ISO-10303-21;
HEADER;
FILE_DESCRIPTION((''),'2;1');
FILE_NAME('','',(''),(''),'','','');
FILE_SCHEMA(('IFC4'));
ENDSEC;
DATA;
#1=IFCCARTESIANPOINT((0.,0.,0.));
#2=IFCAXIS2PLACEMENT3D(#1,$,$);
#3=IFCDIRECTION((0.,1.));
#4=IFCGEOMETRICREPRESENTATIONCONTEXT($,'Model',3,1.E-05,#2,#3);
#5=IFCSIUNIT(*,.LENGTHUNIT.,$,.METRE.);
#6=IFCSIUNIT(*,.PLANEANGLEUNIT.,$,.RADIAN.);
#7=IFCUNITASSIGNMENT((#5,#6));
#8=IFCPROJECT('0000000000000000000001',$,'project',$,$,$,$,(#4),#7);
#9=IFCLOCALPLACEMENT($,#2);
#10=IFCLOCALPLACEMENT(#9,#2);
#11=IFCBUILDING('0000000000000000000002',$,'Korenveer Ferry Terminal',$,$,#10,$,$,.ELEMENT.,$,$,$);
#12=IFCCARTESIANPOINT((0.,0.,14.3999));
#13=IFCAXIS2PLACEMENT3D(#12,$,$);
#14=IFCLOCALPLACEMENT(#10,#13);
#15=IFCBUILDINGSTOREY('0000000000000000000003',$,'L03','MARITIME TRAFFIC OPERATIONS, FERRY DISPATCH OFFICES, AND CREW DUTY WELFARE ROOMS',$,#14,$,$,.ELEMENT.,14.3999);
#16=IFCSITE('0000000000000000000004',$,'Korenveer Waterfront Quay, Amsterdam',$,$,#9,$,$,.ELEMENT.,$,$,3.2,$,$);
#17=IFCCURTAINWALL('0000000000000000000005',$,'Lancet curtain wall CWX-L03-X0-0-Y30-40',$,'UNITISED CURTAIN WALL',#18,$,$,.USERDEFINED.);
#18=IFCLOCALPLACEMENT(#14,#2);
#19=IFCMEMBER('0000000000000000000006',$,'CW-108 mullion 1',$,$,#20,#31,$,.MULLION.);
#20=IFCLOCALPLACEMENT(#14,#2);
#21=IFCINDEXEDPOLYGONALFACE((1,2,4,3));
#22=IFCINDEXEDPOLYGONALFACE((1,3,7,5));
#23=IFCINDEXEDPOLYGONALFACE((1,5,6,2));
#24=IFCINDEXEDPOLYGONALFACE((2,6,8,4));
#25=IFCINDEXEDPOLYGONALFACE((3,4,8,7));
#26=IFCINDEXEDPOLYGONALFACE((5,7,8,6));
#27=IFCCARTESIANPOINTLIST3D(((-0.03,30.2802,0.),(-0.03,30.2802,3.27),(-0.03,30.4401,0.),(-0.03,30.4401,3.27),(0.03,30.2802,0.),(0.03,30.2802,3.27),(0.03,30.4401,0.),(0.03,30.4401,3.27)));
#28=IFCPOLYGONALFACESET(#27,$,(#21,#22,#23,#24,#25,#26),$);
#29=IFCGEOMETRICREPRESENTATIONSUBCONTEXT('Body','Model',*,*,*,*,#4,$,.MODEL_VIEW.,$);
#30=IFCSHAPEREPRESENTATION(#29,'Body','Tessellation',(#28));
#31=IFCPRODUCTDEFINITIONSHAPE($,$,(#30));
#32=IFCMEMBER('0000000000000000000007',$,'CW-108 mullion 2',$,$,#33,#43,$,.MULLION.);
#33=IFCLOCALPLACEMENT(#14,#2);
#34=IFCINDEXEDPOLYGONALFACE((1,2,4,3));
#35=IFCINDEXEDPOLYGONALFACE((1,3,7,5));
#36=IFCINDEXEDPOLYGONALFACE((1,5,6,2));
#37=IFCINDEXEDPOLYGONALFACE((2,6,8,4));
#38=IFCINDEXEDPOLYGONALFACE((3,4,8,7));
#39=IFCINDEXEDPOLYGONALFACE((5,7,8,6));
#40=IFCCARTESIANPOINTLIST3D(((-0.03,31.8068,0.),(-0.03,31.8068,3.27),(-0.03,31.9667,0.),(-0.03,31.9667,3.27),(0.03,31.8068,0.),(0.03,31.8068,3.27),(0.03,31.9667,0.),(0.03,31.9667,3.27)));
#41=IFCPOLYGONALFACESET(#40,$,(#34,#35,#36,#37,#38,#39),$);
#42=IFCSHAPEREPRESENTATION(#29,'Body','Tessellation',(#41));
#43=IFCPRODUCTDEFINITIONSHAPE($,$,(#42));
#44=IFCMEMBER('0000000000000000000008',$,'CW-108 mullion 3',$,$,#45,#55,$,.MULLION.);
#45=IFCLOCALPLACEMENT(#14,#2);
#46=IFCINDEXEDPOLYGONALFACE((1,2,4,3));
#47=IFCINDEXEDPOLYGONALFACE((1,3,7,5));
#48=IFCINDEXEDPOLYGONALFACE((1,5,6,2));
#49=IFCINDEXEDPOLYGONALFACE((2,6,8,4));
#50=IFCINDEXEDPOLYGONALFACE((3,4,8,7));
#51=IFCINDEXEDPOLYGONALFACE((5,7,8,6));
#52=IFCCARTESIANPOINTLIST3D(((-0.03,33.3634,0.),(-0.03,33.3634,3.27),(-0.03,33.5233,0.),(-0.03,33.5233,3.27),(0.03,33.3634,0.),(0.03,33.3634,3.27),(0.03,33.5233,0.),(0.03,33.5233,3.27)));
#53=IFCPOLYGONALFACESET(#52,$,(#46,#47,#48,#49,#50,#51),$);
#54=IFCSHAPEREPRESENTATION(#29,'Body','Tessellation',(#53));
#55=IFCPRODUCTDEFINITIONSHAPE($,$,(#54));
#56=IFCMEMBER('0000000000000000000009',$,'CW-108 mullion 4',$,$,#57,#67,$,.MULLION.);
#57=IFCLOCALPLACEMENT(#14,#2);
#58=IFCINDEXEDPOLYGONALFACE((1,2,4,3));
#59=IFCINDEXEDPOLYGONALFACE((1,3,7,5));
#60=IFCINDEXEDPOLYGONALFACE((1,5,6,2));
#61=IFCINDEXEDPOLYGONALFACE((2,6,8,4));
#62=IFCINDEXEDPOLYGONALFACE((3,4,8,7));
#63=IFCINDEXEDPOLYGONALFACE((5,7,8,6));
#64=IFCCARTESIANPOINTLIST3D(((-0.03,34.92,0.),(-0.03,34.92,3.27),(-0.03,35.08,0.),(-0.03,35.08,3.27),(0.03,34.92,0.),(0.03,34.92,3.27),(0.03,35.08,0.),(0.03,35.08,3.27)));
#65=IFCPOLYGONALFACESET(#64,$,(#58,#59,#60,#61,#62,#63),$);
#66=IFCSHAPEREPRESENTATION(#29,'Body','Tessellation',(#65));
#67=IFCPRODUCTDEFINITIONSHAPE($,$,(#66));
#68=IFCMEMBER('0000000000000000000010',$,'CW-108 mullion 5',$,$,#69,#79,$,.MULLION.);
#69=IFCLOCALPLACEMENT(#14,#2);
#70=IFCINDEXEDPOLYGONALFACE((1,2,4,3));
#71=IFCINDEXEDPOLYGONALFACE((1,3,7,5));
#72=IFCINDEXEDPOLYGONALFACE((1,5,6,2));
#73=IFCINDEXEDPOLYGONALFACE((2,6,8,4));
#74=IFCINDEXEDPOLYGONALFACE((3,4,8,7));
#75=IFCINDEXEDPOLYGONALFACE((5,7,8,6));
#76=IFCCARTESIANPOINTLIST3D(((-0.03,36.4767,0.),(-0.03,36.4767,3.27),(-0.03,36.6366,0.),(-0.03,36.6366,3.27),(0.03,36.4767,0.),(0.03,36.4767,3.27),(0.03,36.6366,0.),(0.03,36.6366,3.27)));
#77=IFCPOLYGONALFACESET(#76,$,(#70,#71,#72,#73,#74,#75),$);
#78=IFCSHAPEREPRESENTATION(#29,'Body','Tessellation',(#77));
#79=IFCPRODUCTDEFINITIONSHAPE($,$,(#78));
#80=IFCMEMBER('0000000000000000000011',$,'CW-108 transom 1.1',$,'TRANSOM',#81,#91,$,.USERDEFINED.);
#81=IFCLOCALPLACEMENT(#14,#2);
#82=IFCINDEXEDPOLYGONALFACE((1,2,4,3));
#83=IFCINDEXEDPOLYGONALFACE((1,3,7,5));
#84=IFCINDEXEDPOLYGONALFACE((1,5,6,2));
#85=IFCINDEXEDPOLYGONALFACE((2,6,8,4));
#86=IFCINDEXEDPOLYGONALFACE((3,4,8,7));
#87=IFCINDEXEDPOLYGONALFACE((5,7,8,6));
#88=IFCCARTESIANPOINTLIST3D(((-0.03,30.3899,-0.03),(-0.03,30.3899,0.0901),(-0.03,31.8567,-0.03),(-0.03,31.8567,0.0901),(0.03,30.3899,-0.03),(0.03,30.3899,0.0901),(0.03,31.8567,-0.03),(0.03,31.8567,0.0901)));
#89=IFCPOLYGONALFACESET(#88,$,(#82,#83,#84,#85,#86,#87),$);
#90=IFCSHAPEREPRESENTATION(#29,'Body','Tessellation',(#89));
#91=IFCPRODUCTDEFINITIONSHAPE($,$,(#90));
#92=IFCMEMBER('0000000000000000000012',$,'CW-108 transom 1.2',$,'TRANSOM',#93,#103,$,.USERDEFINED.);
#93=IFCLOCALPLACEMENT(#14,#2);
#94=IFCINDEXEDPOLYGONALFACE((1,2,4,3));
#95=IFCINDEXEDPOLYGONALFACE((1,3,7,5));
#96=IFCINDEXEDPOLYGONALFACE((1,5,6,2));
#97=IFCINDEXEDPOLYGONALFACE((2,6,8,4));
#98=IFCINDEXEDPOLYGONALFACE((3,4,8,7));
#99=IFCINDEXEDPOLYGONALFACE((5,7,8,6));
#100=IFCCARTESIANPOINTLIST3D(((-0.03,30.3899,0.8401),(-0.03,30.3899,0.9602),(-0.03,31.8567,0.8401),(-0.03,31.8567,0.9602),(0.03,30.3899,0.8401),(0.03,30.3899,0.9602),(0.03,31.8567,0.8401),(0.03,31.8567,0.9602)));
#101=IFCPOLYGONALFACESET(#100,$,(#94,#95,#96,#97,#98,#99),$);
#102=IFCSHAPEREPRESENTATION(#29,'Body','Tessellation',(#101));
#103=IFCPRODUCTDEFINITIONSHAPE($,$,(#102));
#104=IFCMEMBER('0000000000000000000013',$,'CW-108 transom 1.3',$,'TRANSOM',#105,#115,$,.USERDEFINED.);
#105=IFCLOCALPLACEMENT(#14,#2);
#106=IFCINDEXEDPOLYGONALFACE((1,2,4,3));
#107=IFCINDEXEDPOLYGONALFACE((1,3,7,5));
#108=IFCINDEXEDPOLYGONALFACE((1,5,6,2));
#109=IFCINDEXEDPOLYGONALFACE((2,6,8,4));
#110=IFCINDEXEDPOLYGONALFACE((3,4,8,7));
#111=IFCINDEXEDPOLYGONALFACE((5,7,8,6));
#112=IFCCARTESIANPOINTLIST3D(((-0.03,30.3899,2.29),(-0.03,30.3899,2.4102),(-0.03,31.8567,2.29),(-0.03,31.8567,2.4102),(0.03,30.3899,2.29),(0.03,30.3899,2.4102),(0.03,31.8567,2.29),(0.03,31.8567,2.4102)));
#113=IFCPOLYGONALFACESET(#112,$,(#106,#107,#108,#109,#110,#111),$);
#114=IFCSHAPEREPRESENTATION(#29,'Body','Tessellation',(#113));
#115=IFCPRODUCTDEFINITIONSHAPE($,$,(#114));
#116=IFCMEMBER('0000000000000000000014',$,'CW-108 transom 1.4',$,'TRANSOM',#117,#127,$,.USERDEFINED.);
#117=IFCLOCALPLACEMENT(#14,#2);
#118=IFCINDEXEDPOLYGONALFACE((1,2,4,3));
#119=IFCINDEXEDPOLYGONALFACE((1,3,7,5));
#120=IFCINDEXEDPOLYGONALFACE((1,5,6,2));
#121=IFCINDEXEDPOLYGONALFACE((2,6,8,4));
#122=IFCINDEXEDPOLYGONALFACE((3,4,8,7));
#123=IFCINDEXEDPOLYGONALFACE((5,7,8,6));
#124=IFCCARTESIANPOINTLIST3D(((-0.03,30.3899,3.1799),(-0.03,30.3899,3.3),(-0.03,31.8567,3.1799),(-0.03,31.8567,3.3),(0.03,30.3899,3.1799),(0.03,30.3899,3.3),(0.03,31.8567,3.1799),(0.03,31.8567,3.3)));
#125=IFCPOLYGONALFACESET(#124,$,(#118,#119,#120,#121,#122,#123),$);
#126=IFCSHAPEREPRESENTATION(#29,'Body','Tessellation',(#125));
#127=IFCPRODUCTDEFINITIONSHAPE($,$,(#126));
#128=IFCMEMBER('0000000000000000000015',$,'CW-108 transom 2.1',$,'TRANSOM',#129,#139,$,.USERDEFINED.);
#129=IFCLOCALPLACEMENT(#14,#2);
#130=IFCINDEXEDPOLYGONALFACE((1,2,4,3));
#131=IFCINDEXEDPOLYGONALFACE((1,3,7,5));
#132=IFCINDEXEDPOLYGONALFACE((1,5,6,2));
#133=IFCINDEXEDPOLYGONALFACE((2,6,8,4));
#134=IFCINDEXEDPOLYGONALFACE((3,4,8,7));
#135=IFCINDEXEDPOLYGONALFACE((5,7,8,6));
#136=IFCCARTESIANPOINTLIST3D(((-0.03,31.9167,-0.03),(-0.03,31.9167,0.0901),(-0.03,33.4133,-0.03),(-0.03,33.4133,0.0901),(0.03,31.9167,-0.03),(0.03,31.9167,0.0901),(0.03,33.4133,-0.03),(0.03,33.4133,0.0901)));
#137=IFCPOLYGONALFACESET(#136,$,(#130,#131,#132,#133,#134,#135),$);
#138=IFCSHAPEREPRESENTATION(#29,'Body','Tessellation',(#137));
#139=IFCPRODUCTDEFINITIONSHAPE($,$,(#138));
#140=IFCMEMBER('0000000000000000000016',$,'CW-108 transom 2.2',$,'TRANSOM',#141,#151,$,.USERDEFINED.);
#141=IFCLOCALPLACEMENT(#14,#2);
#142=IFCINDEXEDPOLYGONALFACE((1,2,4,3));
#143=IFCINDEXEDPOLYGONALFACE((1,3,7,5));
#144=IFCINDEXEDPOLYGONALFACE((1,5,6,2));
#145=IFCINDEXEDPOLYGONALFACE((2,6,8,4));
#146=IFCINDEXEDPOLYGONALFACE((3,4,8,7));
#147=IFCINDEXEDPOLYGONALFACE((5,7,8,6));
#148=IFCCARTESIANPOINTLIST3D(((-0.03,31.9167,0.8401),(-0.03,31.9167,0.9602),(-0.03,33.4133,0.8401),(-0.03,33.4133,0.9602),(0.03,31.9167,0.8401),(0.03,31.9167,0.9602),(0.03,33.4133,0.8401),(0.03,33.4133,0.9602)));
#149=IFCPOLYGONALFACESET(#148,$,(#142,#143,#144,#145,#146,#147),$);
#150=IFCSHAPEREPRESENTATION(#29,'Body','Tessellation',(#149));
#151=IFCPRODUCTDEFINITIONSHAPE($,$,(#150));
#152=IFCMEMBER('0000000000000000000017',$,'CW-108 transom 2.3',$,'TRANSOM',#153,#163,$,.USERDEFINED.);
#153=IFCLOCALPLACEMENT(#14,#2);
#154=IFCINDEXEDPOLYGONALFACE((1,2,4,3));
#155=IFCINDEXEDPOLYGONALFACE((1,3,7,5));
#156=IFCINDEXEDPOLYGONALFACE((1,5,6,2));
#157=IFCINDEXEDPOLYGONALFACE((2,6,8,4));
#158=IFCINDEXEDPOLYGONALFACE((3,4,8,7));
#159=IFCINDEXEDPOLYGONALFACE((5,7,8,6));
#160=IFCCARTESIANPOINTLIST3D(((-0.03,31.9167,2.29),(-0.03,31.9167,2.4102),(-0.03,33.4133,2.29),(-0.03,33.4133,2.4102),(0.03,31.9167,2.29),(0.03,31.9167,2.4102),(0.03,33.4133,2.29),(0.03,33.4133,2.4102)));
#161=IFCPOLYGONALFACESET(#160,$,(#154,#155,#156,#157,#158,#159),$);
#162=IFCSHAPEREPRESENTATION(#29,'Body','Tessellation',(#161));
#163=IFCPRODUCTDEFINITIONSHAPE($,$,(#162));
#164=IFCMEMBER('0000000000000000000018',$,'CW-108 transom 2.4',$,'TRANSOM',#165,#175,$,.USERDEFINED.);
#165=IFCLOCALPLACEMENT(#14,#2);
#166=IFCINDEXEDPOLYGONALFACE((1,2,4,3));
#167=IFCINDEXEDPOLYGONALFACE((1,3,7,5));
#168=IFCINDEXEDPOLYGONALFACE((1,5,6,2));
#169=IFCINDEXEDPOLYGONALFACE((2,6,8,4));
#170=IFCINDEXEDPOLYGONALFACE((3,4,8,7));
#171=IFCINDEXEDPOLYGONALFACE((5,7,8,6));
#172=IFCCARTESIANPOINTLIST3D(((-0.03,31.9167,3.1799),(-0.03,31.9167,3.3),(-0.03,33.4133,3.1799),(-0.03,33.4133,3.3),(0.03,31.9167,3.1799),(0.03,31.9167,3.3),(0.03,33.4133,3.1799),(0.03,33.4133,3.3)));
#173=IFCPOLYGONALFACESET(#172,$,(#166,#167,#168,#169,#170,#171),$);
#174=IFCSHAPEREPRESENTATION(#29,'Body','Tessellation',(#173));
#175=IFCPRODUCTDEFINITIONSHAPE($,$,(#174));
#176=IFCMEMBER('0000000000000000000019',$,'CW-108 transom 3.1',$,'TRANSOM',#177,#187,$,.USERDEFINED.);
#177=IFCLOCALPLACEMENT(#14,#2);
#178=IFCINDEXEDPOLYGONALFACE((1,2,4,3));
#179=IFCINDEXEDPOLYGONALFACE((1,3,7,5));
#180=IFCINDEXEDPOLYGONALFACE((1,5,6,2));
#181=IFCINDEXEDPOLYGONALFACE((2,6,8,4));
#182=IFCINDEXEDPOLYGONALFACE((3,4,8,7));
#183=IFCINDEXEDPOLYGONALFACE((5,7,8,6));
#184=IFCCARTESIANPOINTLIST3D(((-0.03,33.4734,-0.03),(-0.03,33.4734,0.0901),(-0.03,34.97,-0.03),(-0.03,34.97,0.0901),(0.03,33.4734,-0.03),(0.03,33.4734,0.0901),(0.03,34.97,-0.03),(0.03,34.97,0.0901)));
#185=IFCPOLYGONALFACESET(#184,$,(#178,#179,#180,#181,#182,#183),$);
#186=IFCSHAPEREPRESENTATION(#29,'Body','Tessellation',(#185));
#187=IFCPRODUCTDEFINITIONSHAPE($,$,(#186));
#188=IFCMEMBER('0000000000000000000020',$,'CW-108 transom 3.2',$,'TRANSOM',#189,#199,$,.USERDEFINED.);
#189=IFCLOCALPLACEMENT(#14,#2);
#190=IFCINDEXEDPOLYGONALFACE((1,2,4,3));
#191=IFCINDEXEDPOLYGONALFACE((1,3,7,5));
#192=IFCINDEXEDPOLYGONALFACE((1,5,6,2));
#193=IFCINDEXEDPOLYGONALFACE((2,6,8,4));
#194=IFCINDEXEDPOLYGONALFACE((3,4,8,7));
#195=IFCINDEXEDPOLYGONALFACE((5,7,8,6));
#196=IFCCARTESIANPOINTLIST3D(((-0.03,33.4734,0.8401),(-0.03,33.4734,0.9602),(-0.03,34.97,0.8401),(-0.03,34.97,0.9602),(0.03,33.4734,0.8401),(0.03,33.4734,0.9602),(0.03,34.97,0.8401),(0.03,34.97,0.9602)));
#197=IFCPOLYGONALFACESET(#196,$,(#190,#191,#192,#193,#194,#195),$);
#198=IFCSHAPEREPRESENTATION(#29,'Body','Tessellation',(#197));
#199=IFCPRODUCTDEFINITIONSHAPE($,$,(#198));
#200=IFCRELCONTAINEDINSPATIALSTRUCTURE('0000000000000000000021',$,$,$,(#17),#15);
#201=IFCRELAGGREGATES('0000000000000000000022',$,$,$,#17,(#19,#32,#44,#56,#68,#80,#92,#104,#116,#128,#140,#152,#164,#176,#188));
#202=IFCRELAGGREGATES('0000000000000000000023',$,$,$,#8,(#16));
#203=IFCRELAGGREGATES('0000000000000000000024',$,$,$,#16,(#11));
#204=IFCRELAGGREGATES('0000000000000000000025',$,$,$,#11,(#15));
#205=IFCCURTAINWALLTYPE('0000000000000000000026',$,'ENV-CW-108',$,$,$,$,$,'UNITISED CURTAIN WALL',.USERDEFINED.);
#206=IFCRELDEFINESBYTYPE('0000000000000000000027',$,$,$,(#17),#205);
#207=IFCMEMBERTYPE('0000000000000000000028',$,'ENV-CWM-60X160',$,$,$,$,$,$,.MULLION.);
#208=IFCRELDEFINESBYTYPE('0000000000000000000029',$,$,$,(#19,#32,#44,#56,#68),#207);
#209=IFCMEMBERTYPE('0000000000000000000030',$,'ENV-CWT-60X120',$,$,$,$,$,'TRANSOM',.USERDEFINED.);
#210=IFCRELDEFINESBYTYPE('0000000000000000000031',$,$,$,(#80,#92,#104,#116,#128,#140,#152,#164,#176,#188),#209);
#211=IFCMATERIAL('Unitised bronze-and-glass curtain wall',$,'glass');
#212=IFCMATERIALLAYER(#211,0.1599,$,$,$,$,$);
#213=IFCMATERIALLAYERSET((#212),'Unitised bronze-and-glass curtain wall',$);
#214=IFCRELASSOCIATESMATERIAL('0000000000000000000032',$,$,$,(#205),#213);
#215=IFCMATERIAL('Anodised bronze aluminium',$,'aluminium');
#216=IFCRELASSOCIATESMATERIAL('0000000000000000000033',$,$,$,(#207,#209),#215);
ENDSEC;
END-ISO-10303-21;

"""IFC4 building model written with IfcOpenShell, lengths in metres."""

from ifc_helpers import new_model, si_unit, direction, frame, origin, origin_2d, place, context, subcontext, project, spatial, rectangle, extrude, material, layer, layer_set, material_profile, profile_set, type_object, element, aggregate, save


model = new_model("IFC4")

# Units and contexts
model_context = context("Model", 3, precision=1e-05, world=origin(), true_north=direction((0.0, 1.0)))
body_context = subcontext(model_context, "Body", "Model", "MODEL_VIEW")
ifc_project = project(units=[si_unit("LENGTHUNIT", "METRE"), si_unit("PLANEANGLEUNIT", "RADIAN")], contexts=[model_context])

# Site, building, storey
site_placement = place(None, origin())
site = spatial("IfcSite", under=ifc_project, at=site_placement, Name="Korenveer Waterfront Quay, Amsterdam", CompositionType="ELEMENT", RefElevation=3.2)
building_placement = place(site_placement, origin())
building = spatial("IfcBuilding", under=site, at=building_placement, Name="Korenveer Ferry Terminal", CompositionType="ELEMENT")
storey_placement = place(building_placement, frame((0.0, 0.0, 14.3999)))
storey = spatial("IfcBuildingStorey", under=building, at=storey_placement, Name="L03", Description="MARITIME TRAFFIC OPERATIONS, FERRY DISPATCH OFFICES, AND CREW DUTY WELFARE ROOMS", CompositionType="ELEMENT", Elevation=14.3999)

# Curtain wall, members
ifc_material_1 = material(Name="Unitised bronze-and-glass curtain wall", Category="glass")
ifc_layer_1 = layer(ifc_material_1, 0.1599)
ifc_layer_set_1 = layer_set([ifc_layer_1], Name="Unitised bronze-and-glass curtain wall")
curtain_wall_type = type_object("IfcCurtainWallType", Name="ENV-CW-108", ElementType="UNITISED CURTAIN WALL", PredefinedType="USERDEFINED", material=ifc_layer_set_1)
curtain_wall_placement = place(storey_placement, frame((0.0, 30.3301, 0.0)))
curtain_wall = element("IfcCurtainWall", 1, at=curtain_wall_placement, inside=storey, type_object=curtain_wall_type, Name="Lancet curtain wall CWX-L03-X0-0-Y30-40", ObjectType="UNITISED CURTAIN WALL", PredefinedType="USERDEFINED")
ifc_material_2 = material(Name="Anodised bronze aluminium", Category="aluminium")
ifc_material_profile_1 = material_profile(ifc_material_2, rectangle(XDim=0.0601, YDim=0.1599, at=origin_2d()), Name="ALU 60x160")
ifc_profile_set_1 = profile_set([ifc_material_profile_1], Name="Anodised bronze aluminium")
member_type_1 = type_object("IfcMemberType", Name="ENV-CWM-60X160", PredefinedType="MULLION", material=ifc_profile_set_1)
member_1_placement = place(storey_placement, frame((0.0, 30.3601, 0.0), z_axis=(0.0, 0.0, 1.0), x_axis=(-1.0, 0.0, 0.0)))
member_1 = element("IfcMember", 2, at=member_1_placement, type_object=member_type_1, Name="CW-108 mullion 1", PredefinedType="MULLION", context=body_context, shape_type="SweptSolid", body=[
    extrude(rectangle(XDim=0.0601, YDim=0.1599, at=origin_2d()), origin(), (0.0, 0.0, 1.0), 3.27),
])
member_2_placement = place(storey_placement, frame((0.0, 31.8867, 0.0), z_axis=(0.0, 0.0, 1.0), x_axis=(-1.0, 0.0, 0.0)))
member_2 = element("IfcMember", 3, at=member_2_placement, type_object=member_type_1, Name="CW-108 mullion 2", PredefinedType="MULLION", context=body_context, shape_type="SweptSolid", body=[
    extrude(rectangle(XDim=0.0601, YDim=0.1599, at=origin_2d()), origin(), (0.0, 0.0, 1.0), 3.27),
])
member_3_placement = place(storey_placement, frame((0.0, 33.4434, 0.0), z_axis=(0.0, 0.0, 1.0), x_axis=(-1.0, 0.0, 0.0)))
member_3 = element("IfcMember", 4, at=member_3_placement, type_object=member_type_1, Name="CW-108 mullion 3", PredefinedType="MULLION", context=body_context, shape_type="SweptSolid", body=[
    extrude(rectangle(XDim=0.0601, YDim=0.1599, at=origin_2d()), origin(), (0.0, 0.0, 1.0), 3.27),
])
member_4_placement = place(storey_placement, frame((0.0, 35.0, 0.0), z_axis=(0.0, 0.0, 1.0), x_axis=(-1.0, 0.0, 0.0)))
member_4 = element("IfcMember", 5, at=member_4_placement, type_object=member_type_1, Name="CW-108 mullion 4", PredefinedType="MULLION", context=body_context, shape_type="SweptSolid", body=[
    extrude(rectangle(XDim=0.0601, YDim=0.1599, at=origin_2d()), origin(), (0.0, 0.0, 1.0), 3.27),
])
member_5_placement = place(storey_placement, frame((0.0, 36.5566, 0.0), z_axis=(0.0, 0.0, 1.0), x_axis=(-1.0, 0.0, 0.0)))
member_5 = element("IfcMember", 6, at=member_5_placement, type_object=member_type_1, Name="CW-108 mullion 5", PredefinedType="MULLION", context=body_context, shape_type="SweptSolid", body=[
    extrude(rectangle(XDim=0.0601, YDim=0.1599, at=origin_2d()), origin(), (0.0, 0.0, 1.0), 3.27),
])
ifc_material_profile_2 = material_profile(ifc_material_2, rectangle(XDim=0.0601, YDim=0.1201, at=origin_2d()), Name="ALU 60x120")
ifc_profile_set_2 = profile_set([ifc_material_profile_2], Name="Anodised bronze aluminium")
member_type_2 = type_object("IfcMemberType", Name="ENV-CWT-60X120", ElementType="TRANSOM", PredefinedType="USERDEFINED", material=ifc_profile_set_2)
member_6_placement = place(storey_placement, frame((0.0, 30.3899, 0.03), z_axis=(0.0, 1.0, 0.0), x_axis=(-1.0, 0.0, 0.0)))
member_6 = element("IfcMember", 7, at=member_6_placement, type_object=member_type_2, Name="CW-108 transom 1.1", ObjectType="TRANSOM", PredefinedType="USERDEFINED", context=body_context, shape_type="SweptSolid", body=[
    extrude(rectangle(XDim=0.0601, YDim=0.1201, at=origin_2d()), origin(), (0.0, 0.0, 1.0), 1.4668),
])
member_7_placement = place(storey_placement, frame((0.0, 30.3899, 0.9001), z_axis=(0.0, 1.0, 0.0), x_axis=(-1.0, 0.0, 0.0)))
member_7 = element("IfcMember", 8, at=member_7_placement, type_object=member_type_2, Name="CW-108 transom 1.2", ObjectType="TRANSOM", PredefinedType="USERDEFINED", context=body_context, shape_type="SweptSolid", body=[
    extrude(rectangle(XDim=0.0601, YDim=0.1201, at=origin_2d()), origin(), (0.0, 0.0, 1.0), 1.4668),
])
member_8_placement = place(storey_placement, frame((0.0, 30.3899, 2.3501), z_axis=(0.0, 1.0, 0.0), x_axis=(-1.0, 0.0, 0.0)))
member_8 = element("IfcMember", 9, at=member_8_placement, type_object=member_type_2, Name="CW-108 transom 1.3", ObjectType="TRANSOM", PredefinedType="USERDEFINED", context=body_context, shape_type="SweptSolid", body=[
    extrude(rectangle(XDim=0.0601, YDim=0.1201, at=origin_2d()), origin(), (0.0, 0.0, 1.0), 1.4668),
])
member_9_placement = place(storey_placement, frame((0.0, 30.3899, 3.24), z_axis=(0.0, 1.0, 0.0), x_axis=(-1.0, 0.0, 0.0)))
member_9 = element("IfcMember", 10, at=member_9_placement, type_object=member_type_2, Name="CW-108 transom 1.4", ObjectType="TRANSOM", PredefinedType="USERDEFINED", context=body_context, shape_type="SweptSolid", body=[
    extrude(rectangle(XDim=0.0601, YDim=0.1201, at=origin_2d()), origin(), (0.0, 0.0, 1.0), 1.4668),
])
member_10_placement = place(storey_placement, frame((0.0, 31.9167, 0.03), z_axis=(0.0, 1.0, 0.0), x_axis=(-1.0, 0.0, 0.0)))
member_10 = element("IfcMember", 11, at=member_10_placement, type_object=member_type_2, Name="CW-108 transom 2.1", ObjectType="TRANSOM", PredefinedType="USERDEFINED", context=body_context, shape_type="SweptSolid", body=[
    extrude(rectangle(XDim=0.0601, YDim=0.1201, at=origin_2d()), origin(), (0.0, 0.0, 1.0), 1.4966),
])
member_11_placement = place(storey_placement, frame((0.0, 31.9167, 0.9001), z_axis=(0.0, 1.0, 0.0), x_axis=(-1.0, 0.0, 0.0)))
member_11 = element("IfcMember", 12, at=member_11_placement, type_object=member_type_2, Name="CW-108 transom 2.2", ObjectType="TRANSOM", PredefinedType="USERDEFINED", context=body_context, shape_type="SweptSolid", body=[
    extrude(rectangle(XDim=0.0601, YDim=0.1201, at=origin_2d()), origin(), (0.0, 0.0, 1.0), 1.4966),
])
member_12_placement = place(storey_placement, frame((0.0, 31.9167, 2.3501), z_axis=(0.0, 1.0, 0.0), x_axis=(-1.0, 0.0, 0.0)))
member_12 = element("IfcMember", 13, at=member_12_placement, type_object=member_type_2, Name="CW-108 transom 2.3", ObjectType="TRANSOM", PredefinedType="USERDEFINED", context=body_context, shape_type="SweptSolid", body=[
    extrude(rectangle(XDim=0.0601, YDim=0.1201, at=origin_2d()), origin(), (0.0, 0.0, 1.0), 1.4966),
])
member_13_placement = place(storey_placement, frame((0.0, 31.9167, 3.24), z_axis=(0.0, 1.0, 0.0), x_axis=(-1.0, 0.0, 0.0)))
member_13 = element("IfcMember", 14, at=member_13_placement, type_object=member_type_2, Name="CW-108 transom 2.4", ObjectType="TRANSOM", PredefinedType="USERDEFINED", context=body_context, shape_type="SweptSolid", body=[
    extrude(rectangle(XDim=0.0601, YDim=0.1201, at=origin_2d()), origin(), (0.0, 0.0, 1.0), 1.4966),
])
member_14_placement = place(storey_placement, frame((0.0, 33.4734, 0.03), z_axis=(0.0, 1.0, 0.0), x_axis=(-1.0, 0.0, 0.0)))
member_14 = element("IfcMember", 15, at=member_14_placement, type_object=member_type_2, Name="CW-108 transom 3.1", ObjectType="TRANSOM", PredefinedType="USERDEFINED", context=body_context, shape_type="SweptSolid", body=[
    extrude(rectangle(XDim=0.0601, YDim=0.1201, at=origin_2d()), origin(), (0.0, 0.0, 1.0), 1.4966),
])
member_15_placement = place(storey_placement, frame((0.0, 33.4734, 0.9001), z_axis=(0.0, 1.0, 0.0), x_axis=(-1.0, 0.0, 0.0)))
member_15 = element("IfcMember", 16, at=member_15_placement, type_object=member_type_2, Name="CW-108 transom 3.2", ObjectType="TRANSOM", PredefinedType="USERDEFINED", context=body_context, shape_type="SweptSolid", body=[
    extrude(rectangle(XDim=0.0601, YDim=0.1201, at=origin_2d()), origin(), (0.0, 0.0, 1.0), 1.4966),
])
aggregate(curtain_wall, [member_1, member_2, member_3, member_4, member_5, member_6, member_7, member_8, member_9, member_10, member_11, member_12, member_13, member_14, member_15])

save(model, "model.ifc")
